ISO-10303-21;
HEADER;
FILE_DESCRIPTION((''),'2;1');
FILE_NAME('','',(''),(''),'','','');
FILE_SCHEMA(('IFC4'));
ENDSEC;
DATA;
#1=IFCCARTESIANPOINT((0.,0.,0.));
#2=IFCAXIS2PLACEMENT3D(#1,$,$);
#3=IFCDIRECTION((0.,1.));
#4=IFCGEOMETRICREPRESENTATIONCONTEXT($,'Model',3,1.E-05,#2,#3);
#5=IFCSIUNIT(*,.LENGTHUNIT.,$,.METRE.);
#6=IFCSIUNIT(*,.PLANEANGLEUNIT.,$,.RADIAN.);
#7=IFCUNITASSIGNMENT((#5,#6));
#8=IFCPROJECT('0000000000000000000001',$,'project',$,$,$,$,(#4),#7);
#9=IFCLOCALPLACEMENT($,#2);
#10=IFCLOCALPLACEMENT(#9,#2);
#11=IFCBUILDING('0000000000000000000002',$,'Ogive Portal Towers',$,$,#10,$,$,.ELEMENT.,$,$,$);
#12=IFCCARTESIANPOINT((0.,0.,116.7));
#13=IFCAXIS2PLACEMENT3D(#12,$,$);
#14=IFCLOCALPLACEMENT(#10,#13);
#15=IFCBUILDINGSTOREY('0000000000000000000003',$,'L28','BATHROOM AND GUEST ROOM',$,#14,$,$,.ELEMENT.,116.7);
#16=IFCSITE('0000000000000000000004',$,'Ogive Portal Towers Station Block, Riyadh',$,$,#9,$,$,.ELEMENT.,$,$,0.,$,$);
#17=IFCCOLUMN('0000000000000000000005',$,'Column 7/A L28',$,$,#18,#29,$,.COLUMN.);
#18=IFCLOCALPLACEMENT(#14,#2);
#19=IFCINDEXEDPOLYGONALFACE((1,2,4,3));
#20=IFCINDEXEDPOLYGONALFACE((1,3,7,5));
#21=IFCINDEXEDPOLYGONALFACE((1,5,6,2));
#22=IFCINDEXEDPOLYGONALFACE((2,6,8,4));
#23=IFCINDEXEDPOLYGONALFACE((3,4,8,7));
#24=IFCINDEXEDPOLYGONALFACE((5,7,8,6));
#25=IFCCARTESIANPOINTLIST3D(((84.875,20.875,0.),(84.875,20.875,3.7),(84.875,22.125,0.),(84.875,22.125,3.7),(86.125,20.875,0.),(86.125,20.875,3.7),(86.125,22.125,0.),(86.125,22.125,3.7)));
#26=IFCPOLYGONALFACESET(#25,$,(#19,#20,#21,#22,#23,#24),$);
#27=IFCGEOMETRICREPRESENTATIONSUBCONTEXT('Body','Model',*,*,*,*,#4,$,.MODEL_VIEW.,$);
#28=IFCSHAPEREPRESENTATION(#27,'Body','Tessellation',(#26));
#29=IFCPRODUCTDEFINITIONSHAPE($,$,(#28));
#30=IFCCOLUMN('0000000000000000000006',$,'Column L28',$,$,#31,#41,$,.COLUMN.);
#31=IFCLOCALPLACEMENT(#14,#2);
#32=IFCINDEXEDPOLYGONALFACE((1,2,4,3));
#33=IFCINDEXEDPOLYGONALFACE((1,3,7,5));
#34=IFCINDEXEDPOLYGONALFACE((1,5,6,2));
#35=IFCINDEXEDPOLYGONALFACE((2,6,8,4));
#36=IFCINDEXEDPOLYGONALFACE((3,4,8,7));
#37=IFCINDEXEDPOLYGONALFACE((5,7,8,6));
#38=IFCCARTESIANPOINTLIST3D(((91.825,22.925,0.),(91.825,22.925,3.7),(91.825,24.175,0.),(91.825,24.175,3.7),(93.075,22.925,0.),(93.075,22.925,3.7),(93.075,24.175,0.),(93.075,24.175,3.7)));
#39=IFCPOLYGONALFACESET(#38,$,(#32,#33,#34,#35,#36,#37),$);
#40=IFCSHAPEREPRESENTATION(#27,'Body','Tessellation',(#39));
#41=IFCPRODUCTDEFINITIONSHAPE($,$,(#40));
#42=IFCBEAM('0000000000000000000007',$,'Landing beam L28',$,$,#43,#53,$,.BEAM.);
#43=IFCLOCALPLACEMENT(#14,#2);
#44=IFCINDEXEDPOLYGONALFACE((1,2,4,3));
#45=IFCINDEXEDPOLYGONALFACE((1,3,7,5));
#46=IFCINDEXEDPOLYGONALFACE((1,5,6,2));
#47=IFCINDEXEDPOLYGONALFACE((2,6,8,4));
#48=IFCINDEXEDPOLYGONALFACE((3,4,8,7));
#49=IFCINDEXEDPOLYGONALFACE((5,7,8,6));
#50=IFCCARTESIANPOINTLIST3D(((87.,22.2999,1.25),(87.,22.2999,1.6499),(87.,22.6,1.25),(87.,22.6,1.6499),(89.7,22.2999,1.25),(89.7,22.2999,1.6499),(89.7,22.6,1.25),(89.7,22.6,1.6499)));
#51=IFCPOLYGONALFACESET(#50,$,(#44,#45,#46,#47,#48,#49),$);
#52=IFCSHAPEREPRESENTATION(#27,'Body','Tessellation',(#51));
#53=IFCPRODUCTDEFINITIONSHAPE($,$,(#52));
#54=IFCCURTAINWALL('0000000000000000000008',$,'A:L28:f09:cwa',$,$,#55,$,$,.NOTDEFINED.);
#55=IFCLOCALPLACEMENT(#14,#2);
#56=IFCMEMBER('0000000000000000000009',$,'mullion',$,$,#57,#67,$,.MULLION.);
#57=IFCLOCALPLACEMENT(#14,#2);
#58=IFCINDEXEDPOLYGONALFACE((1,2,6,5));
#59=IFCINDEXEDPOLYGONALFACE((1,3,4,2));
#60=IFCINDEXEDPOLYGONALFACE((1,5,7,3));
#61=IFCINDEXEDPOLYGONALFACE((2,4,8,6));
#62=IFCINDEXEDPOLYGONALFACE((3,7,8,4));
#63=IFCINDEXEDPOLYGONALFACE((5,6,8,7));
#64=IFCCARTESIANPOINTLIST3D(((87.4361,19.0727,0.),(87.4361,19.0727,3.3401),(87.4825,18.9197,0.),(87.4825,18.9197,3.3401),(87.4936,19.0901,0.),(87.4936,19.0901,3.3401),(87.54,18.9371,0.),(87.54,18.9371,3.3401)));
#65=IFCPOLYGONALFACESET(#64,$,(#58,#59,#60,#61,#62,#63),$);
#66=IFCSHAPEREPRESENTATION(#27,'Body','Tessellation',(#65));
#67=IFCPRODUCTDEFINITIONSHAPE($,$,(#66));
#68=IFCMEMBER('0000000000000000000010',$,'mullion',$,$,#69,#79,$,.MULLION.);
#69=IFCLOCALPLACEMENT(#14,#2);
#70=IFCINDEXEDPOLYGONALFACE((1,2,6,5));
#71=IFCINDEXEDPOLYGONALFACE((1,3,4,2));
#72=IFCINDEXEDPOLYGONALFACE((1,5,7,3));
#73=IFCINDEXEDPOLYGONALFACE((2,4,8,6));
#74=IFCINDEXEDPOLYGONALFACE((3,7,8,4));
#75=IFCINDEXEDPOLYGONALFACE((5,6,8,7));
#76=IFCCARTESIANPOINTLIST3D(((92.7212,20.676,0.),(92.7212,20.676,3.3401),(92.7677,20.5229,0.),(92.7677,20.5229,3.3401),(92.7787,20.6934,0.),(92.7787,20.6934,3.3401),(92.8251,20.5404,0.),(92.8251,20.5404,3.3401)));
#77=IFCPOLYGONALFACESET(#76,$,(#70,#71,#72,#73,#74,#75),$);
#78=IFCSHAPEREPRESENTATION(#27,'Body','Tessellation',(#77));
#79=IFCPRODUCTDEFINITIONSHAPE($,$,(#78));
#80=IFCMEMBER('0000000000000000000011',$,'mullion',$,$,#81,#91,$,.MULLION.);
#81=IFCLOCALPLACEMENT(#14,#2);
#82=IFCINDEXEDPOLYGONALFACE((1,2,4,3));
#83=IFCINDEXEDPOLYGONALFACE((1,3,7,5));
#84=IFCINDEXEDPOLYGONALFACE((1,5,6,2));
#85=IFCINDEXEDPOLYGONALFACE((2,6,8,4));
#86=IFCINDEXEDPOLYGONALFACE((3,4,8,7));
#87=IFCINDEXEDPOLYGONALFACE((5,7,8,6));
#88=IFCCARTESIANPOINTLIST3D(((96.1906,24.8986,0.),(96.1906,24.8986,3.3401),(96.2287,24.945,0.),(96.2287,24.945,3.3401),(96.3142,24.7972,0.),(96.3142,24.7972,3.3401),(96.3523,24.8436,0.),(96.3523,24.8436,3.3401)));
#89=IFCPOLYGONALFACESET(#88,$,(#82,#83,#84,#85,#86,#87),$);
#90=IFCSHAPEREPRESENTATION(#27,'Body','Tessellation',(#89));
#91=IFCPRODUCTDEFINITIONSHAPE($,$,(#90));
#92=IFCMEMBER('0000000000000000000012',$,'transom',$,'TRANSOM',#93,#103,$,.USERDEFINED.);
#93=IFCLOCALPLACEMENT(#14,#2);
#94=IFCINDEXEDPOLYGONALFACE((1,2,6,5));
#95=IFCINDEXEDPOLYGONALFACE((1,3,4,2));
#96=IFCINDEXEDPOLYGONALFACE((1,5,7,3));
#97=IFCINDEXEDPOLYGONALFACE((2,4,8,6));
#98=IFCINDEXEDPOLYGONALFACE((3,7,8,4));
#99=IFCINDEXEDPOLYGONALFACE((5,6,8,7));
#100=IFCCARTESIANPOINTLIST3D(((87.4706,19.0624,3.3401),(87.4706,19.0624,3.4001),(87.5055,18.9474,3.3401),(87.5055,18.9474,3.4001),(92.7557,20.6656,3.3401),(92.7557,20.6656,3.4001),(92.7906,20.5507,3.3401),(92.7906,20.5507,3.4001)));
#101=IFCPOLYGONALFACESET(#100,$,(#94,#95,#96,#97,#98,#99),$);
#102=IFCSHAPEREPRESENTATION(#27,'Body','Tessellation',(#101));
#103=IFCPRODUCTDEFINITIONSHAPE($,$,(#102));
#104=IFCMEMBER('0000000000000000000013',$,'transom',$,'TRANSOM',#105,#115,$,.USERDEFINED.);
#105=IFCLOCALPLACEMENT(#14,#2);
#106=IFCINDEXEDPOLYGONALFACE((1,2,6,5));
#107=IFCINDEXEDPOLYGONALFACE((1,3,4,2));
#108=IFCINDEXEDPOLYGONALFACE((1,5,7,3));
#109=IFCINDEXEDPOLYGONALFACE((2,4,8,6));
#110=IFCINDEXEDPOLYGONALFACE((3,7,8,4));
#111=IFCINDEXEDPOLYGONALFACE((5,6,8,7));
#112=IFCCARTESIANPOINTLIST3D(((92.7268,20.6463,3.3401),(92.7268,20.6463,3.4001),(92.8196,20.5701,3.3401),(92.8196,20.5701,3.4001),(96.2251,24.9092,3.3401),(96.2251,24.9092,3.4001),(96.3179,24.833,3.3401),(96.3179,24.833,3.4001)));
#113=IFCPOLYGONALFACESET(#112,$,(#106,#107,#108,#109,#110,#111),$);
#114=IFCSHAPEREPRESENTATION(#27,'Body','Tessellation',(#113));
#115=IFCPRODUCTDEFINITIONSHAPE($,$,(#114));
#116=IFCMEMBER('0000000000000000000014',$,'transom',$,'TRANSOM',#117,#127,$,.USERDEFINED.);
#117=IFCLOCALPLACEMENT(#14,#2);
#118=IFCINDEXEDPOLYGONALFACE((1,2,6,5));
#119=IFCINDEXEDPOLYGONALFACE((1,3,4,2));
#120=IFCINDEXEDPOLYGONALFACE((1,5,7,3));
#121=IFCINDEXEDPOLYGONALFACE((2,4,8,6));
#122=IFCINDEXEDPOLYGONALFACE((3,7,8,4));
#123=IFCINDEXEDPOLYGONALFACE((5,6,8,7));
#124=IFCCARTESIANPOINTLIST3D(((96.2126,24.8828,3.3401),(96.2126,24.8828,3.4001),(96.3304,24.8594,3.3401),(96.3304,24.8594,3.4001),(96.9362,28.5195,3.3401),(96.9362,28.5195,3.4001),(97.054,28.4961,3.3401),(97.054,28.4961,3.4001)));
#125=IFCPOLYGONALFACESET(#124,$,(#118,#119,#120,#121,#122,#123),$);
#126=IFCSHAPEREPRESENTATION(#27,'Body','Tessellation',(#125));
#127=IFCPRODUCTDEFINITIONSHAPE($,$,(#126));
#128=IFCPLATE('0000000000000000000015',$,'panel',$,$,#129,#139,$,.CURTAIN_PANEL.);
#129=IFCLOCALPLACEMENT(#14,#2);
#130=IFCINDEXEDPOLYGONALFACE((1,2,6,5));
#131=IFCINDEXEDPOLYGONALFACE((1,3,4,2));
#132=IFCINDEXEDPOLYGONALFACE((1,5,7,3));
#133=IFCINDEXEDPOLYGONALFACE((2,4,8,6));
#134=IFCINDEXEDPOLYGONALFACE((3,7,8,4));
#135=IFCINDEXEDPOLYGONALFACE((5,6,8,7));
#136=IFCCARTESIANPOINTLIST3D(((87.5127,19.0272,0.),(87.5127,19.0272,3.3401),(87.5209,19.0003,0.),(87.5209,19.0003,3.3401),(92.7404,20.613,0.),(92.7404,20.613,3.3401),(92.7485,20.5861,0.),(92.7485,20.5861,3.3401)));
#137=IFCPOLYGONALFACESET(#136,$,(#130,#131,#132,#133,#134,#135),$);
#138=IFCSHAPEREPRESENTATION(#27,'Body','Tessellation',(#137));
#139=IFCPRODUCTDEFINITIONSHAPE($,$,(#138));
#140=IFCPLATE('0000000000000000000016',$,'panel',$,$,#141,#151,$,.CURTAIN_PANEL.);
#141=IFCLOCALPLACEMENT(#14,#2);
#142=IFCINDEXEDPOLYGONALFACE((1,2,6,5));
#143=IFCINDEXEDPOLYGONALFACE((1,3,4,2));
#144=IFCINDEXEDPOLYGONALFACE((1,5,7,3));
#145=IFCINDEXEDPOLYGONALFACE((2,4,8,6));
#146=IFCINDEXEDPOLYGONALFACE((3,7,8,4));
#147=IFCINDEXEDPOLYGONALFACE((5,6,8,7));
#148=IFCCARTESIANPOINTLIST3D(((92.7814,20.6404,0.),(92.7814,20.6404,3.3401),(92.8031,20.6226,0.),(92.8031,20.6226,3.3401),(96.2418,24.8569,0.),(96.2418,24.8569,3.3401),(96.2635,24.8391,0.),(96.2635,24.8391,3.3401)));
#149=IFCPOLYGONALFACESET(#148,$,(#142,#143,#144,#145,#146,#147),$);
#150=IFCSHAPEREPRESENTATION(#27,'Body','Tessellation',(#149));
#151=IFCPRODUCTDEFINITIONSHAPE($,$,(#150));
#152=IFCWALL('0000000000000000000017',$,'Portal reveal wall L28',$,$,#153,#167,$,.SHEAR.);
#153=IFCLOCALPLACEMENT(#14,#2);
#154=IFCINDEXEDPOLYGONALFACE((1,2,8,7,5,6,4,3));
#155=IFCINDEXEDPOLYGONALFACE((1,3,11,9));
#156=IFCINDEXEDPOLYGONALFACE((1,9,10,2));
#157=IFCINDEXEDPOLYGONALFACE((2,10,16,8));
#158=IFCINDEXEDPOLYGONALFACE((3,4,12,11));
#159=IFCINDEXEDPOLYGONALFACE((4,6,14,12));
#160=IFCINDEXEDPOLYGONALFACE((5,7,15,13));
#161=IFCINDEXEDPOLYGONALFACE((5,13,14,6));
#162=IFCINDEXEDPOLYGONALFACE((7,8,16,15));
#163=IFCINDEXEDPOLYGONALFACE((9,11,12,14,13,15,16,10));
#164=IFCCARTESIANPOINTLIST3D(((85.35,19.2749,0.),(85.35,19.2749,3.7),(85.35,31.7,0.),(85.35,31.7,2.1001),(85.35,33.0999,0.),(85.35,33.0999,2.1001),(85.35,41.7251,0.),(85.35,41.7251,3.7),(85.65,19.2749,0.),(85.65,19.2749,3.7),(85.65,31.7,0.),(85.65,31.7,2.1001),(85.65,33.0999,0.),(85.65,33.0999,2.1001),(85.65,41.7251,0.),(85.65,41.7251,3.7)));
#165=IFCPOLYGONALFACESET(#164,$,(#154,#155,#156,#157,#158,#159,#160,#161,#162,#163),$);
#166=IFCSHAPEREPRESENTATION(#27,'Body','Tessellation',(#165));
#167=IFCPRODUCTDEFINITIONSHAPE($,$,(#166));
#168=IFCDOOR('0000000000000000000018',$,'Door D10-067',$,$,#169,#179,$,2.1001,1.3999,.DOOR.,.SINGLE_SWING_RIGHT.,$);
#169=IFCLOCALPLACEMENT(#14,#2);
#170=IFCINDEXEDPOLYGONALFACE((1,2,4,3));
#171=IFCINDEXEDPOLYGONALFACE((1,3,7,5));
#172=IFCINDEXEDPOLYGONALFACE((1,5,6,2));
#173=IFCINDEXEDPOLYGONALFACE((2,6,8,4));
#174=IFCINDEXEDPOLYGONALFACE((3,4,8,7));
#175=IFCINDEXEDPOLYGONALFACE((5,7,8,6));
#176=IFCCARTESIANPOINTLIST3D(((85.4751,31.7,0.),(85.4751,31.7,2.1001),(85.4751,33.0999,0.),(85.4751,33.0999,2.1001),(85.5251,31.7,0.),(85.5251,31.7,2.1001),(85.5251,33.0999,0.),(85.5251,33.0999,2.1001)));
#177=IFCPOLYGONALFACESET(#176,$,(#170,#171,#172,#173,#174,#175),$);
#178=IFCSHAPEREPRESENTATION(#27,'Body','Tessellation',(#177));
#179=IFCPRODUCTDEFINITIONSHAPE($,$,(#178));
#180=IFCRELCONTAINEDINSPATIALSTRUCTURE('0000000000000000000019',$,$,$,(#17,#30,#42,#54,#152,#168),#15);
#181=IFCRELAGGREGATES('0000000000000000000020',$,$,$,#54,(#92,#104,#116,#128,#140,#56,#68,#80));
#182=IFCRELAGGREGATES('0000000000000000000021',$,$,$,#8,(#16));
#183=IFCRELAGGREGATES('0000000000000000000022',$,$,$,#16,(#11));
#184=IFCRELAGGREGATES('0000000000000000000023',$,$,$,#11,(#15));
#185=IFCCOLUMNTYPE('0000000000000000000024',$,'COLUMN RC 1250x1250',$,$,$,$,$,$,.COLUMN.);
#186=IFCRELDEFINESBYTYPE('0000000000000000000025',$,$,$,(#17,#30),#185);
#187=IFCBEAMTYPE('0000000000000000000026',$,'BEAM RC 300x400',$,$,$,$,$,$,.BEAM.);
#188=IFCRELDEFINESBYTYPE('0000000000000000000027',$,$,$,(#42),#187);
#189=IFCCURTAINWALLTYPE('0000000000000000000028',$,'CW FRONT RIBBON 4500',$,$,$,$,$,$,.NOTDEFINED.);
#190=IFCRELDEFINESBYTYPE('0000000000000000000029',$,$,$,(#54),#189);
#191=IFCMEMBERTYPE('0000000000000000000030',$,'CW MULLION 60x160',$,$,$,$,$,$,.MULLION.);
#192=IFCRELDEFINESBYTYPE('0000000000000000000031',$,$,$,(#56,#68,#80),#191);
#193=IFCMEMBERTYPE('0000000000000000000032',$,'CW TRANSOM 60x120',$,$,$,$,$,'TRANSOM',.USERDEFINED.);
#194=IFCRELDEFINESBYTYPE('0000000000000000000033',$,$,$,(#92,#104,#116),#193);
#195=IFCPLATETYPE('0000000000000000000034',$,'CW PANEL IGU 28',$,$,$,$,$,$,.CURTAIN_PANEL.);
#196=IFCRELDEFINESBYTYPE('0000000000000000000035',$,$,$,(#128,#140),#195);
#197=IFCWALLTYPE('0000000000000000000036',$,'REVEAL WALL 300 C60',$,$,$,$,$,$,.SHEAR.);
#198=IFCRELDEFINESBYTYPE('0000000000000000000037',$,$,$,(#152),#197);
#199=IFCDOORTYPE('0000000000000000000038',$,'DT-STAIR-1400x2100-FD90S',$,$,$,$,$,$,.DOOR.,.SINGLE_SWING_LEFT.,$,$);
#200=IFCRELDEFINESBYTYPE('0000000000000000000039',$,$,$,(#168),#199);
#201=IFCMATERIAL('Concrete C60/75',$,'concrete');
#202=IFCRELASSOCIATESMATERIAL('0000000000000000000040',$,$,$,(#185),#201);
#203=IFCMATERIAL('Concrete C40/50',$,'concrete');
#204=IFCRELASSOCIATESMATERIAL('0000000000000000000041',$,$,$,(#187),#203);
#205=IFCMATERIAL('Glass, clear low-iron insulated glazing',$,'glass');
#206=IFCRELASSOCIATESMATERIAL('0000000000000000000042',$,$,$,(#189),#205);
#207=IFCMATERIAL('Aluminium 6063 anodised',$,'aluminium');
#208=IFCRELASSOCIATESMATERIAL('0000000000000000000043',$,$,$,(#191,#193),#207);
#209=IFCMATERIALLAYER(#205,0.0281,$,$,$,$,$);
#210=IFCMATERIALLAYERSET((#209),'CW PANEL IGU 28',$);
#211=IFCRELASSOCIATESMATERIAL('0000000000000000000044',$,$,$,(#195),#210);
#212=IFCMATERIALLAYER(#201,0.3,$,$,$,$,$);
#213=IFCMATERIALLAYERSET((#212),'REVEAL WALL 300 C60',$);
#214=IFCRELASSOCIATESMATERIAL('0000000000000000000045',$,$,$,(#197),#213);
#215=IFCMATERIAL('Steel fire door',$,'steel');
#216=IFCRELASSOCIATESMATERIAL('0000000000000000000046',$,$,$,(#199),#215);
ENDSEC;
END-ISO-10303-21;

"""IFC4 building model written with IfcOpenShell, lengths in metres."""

from ifc_helpers import new_model, si_unit, direction, frame, frame_2d, origin, origin_2d, place, context, subcontext, project, spatial, rectangle, extrude, material, layer, layer_set, material_profile, profile_set, type_object, element, fill, aggregate, save


model = new_model("IFC4")

# Units and contexts
model_context = context("Model", 3, precision=1e-05, world=origin(), true_north=direction((0.0, 1.0)))
body_context = subcontext(model_context, "Body", "Model", "MODEL_VIEW")
ifc_project = project(units=[si_unit("LENGTHUNIT", "METRE"), si_unit("PLANEANGLEUNIT", "RADIAN")], contexts=[model_context])

# Site, building, storey
site_placement = place(None, origin())
site = spatial("IfcSite", under=ifc_project, at=site_placement, Name="Ogive Portal Towers Station Block, Riyadh", CompositionType="ELEMENT", RefElevation=0.0)
building_placement = place(site_placement, origin())
building = spatial("IfcBuilding", under=site, at=building_placement, Name="Ogive Portal Towers", CompositionType="ELEMENT")
storey_placement = place(building_placement, frame((0.0, 0.0, 116.7)))
storey = spatial("IfcBuildingStorey", under=building, at=storey_placement, Name="L28", Description="BATHROOM AND GUEST ROOM", CompositionType="ELEMENT", Elevation=116.7)

# Columns
ifc_material_1 = material(Name="Concrete C60/75", Category="concrete")
ifc_material_profile_1 = material_profile(ifc_material_1, rectangle(XDim=1.25, YDim=1.25, at=origin_2d()), Name="RC 1250x1250")
ifc_profile_set_1 = profile_set([ifc_material_profile_1], Name="Concrete C60/75")
column_type = type_object("IfcColumnType", Name="COLUMN RC 1250x1250", PredefinedType="COLUMN", material=ifc_profile_set_1)
for number, where, z_axis, x_axis, name in (
    (1, (85.5, 21.5, 0.0), (0.0, 0.0, 1.0), (1.0, 0.0, 0.0), "Column 7/A L28"),
    (2, (92.45, 23.55, 0.0), (0.0, 0.0, 1.0), (1.0, 0.0, 0.0), "Column L28"),
):
    element("IfcColumn", number, at=place(storey_placement, frame(where, z_axis=z_axis, x_axis=x_axis)), inside=storey, type_object=column_type, Name=name, PredefinedType="COLUMN", context=body_context, shape_type="SweptSolid", body=[
        extrude(rectangle(XDim=1.25, YDim=1.25, at=origin_2d()), origin(), (0.0, 0.0, 1.0), 3.7),
    ])

# Beam
ifc_material_2 = material(Name="Concrete C40/50", Category="concrete")
ifc_material_profile_2 = material_profile(ifc_material_2, rectangle(XDim=0.3, YDim=0.3999, at=origin_2d()), Name="RC 300x400")
ifc_profile_set_2 = profile_set([ifc_material_profile_2], Name="Concrete C40/50")
beam_type = type_object("IfcBeamType", Name="BEAM RC 300x400", PredefinedType="BEAM", material=ifc_profile_set_2)
beam_placement = place(storey_placement, frame((87.0, 22.45, 1.45), z_axis=(1.0, 0.0, 0.0), x_axis=(0.0, 1.0, 0.0)))
element("IfcBeam", 3, at=beam_placement, inside=storey, type_object=beam_type, Name="Landing beam L28", PredefinedType="BEAM", context=body_context, shape_type="SweptSolid", body=[
    extrude(rectangle(XDim=0.3, YDim=0.3999, at=origin_2d()), origin(), (0.0, 0.0, 1.0), 2.7),
])

# Curtain wall, members, plates
ifc_material_3 = material(Name="Glass, clear low-iron insulated glazing", Category="glass")
curtain_wall_type = type_object("IfcCurtainWallType", Name="CW FRONT RIBBON 4500", PredefinedType="NOTDEFINED", material=ifc_material_3)
curtain_wall_placement = place(storey_placement, origin())
curtain_wall = element("IfcCurtainWall", 4, at=curtain_wall_placement, inside=storey, type_object=curtain_wall_type, Name="A:L28:f09:cwa", PredefinedType="NOTDEFINED")
ifc_material_4 = material(Name="Aluminium 6063 anodised", Category="aluminium")
ifc_material_profile_3 = material_profile(ifc_material_4, rectangle(XDim=0.1599, YDim=0.0601, at=origin_2d()), Name="AL 60x160")
ifc_profile_set_3 = profile_set([ifc_material_profile_3], Name="Aluminium 6063 anodised")
member_type_1 = type_object("IfcMemberType", Name="CW MULLION 60x160", PredefinedType="MULLION", material=ifc_profile_set_3)
member_1_placement = place(storey_placement, frame((87.488, 19.0049, 0.0), z_axis=(0.0, 0.0, 1.0), x_axis=(-0.290285, 0.95694, 0.0)))
member_1 = element("IfcMember", 5, at=member_1_placement, type_object=member_type_1, Name="mullion", PredefinedType="MULLION", context=body_context, shape_type="SweptSolid", body=[
    extrude(rectangle(XDim=0.1599, YDim=0.0601, at=origin_2d()), origin(), (0.0, 0.0, 1.0), 3.3401),
])
member_2_placement = place(storey_placement, frame((92.7732, 20.6082, 0.0), z_axis=(0.0, 0.0, 1.0), x_axis=(-0.290285, 0.95694, 0.0)))
member_2 = element("IfcMember", 6, at=member_2_placement, type_object=member_type_1, Name="mullion", PredefinedType="MULLION", context=body_context, shape_type="SweptSolid", body=[
    extrude(rectangle(XDim=0.1599, YDim=0.0601, at=origin_2d()), origin(), (0.0, 0.0, 1.0), 3.3401),
])
member_3_placement = place(storey_placement, frame((96.2715, 24.8711, 0.0), z_axis=(0.0, 0.0, 1.0), x_axis=(-0.77301, 0.634393, 0.0)))
member_3 = element("IfcMember", 7, at=member_3_placement, type_object=member_type_1, Name="mullion", PredefinedType="MULLION", context=body_context, shape_type="SweptSolid", body=[
    extrude(rectangle(XDim=0.1599, YDim=0.0601, at=origin_2d()), origin(), (0.0, 0.0, 1.0), 3.3401),
])
ifc_material_profile_4 = material_profile(ifc_material_4, rectangle(XDim=0.1201, YDim=0.0601, at=origin_2d()), Name="AL 120x60")
ifc_profile_set_4 = profile_set([ifc_material_profile_4], Name="Aluminium 6063 anodised")
member_type_2 = type_object("IfcMemberType", Name="CW TRANSOM 60x120", ElementType="TRANSOM", PredefinedType="USERDEFINED", material=ifc_profile_set_4)
member_4_placement = place(storey_placement, frame((87.488, 19.0049, 3.3701), z_axis=(0.956938, 0.290291, 0.0), x_axis=(-0.290291, 0.956938, 0.0)))
member_4 = element("IfcMember", 8, at=member_4_placement, type_object=member_type_2, Name="transom", ObjectType="TRANSOM", PredefinedType="USERDEFINED", context=body_context, shape_type="SweptSolid", body=[
    extrude(rectangle(XDim=0.1201, YDim=0.0601, at=origin_2d()), origin(), (0.0, 0.0, 1.0), 5.5229),
])
member_5_placement = place(storey_placement, frame((92.7732, 20.6082, 3.3701), z_axis=(0.63437, 0.773029, 0.0), x_axis=(-0.773029, 0.63437, 0.0)))
member_5 = element("IfcMember", 9, at=member_5_placement, type_object=member_type_2, Name="transom", ObjectType="TRANSOM", PredefinedType="USERDEFINED", context=body_context, shape_type="SweptSolid", body=[
    extrude(rectangle(XDim=0.1201, YDim=0.0601, at=origin_2d()), origin(), (0.0, 0.0, 1.0), 5.5146),
])
member_6_placement = place(storey_placement, frame((96.2715, 24.8711, 3.3701), z_axis=(0.195154, 0.980773, 0.0), x_axis=(-0.980773, 0.195154, 0.0)))
member_6 = element("IfcMember", 10, at=member_6_placement, type_object=member_type_2, Name="transom", ObjectType="TRANSOM", PredefinedType="USERDEFINED", context=body_context, shape_type="SweptSolid", body=[
    extrude(rectangle(XDim=0.1201, YDim=0.0601, at=origin_2d()), origin(), (0.0, 0.0, 1.0), 3.708),
])
ifc_layer_1 = layer(ifc_material_3, 0.0281)
ifc_layer_set_1 = layer_set([ifc_layer_1], Name="CW PANEL IGU 28")
plate_type = type_object("IfcPlateType", Name="CW PANEL IGU 28", PredefinedType="CURTAIN_PANEL", material=ifc_layer_set_1)
plate_1_placement = place(storey_placement, frame((90.1306, 19.8066, 0.0), z_axis=(0.0, 0.0, 1.0), x_axis=(0.95694, 0.290285, 0.0)))
plate_1 = element("IfcPlate", 11, at=plate_1_placement, type_object=plate_type, Name="panel", PredefinedType="CURTAIN_PANEL", context=body_context, shape_type="SweptSolid", body=[
    extrude(rectangle(XDim=5.4629, YDim=0.0281, at=origin_2d()), origin(), (0.0, 0.0, 1.0), 3.3401),
])
plate_2_placement = place(storey_placement, frame((94.5225, 22.7397, 0.0), z_axis=(0.0, 0.0, 1.0), x_axis=(0.634393, 0.77301, 0.0)))
plate_2 = element("IfcPlate", 12, at=plate_2_placement, type_object=plate_type, Name="panel", PredefinedType="CURTAIN_PANEL", context=body_context, shape_type="SweptSolid", body=[
    extrude(rectangle(XDim=5.4546, YDim=0.0281, at=origin_2d()), origin(), (0.0, 0.0, 1.0), 3.3401),
])
aggregate(curtain_wall, [member_4, member_5, member_6, plate_1, plate_2, member_1, member_2, member_3])

# Wall, opening, door
ifc_layer_2 = layer(ifc_material_1, 0.3)
ifc_layer_set_2 = layer_set([ifc_layer_2], Name="REVEAL WALL 300 C60")
wall_type_1 = type_object("IfcWallType", Name="REVEAL WALL 300 C60", PredefinedType="SHEAR", material=ifc_layer_set_2)
wall_1_placement = place(storey_placement, frame((85.5, 19.2749, 0.0), z_axis=(0.0, 0.0, 1.0), x_axis=(0.0, 1.0, 0.0)))
wall_1 = element("IfcWall", 13, at=wall_1_placement, inside=storey, type_object=wall_type_1, Name="Portal reveal wall L28", PredefinedType="SHEAR", context=body_context, shape_type="SweptSolid", body=[
    extrude(rectangle(XDim=22.4502, YDim=0.3, at=frame_2d((11.2251, 0.0))), origin(), (0.0, 0.0, 1.0), 3.7),
])
opening_placement = place(wall_1_placement, frame((12.425, 0.0, 0.0)))
opening = element("IfcOpeningElement", 14, at=opening_placement, cuts=wall_1, PredefinedType="OPENING", context=body_context, shape_type="SweptSolid", body=[
    extrude(rectangle(XDim=1.3999, YDim=2.1001, at=frame_2d((0.7, 1.05))), frame((0.0, 0.1602, 0.0), z_axis=(0.0, -1.0, 0.0), x_axis=(1.0, 0.0, 0.0)), (0.0, 0.0, 1.0), 0.3201),
])
ifc_material_5 = material(Name="Steel fire door", Category="steel")
door_type = type_object("IfcDoorType", Name="DT-STAIR-1400x2100-FD90S", OperationType="SINGLE_SWING_LEFT", PredefinedType="DOOR", material=ifc_material_5)
door_placement = place(opening_placement, origin())
door = element("IfcDoor", 15, at=door_placement, inside=storey, type_object=door_type, Name="Door D10-067", OperationType="SINGLE_SWING_RIGHT", OverallHeight=2.1001, OverallWidth=1.3999, PredefinedType="DOOR", context=body_context, shape_type="SweptSolid", body=[
    extrude(rectangle(XDim=1.3999, YDim=2.1001, at=frame_2d((0.7, 1.05))), frame((0.0, 0.0249, 0.0), z_axis=(0.0, -1.0, 0.0), x_axis=(1.0, 0.0, 0.0)), (0.0, 0.0, 1.0), 0.05),
])
fill(opening, door)

save(model, "model.ifc")
